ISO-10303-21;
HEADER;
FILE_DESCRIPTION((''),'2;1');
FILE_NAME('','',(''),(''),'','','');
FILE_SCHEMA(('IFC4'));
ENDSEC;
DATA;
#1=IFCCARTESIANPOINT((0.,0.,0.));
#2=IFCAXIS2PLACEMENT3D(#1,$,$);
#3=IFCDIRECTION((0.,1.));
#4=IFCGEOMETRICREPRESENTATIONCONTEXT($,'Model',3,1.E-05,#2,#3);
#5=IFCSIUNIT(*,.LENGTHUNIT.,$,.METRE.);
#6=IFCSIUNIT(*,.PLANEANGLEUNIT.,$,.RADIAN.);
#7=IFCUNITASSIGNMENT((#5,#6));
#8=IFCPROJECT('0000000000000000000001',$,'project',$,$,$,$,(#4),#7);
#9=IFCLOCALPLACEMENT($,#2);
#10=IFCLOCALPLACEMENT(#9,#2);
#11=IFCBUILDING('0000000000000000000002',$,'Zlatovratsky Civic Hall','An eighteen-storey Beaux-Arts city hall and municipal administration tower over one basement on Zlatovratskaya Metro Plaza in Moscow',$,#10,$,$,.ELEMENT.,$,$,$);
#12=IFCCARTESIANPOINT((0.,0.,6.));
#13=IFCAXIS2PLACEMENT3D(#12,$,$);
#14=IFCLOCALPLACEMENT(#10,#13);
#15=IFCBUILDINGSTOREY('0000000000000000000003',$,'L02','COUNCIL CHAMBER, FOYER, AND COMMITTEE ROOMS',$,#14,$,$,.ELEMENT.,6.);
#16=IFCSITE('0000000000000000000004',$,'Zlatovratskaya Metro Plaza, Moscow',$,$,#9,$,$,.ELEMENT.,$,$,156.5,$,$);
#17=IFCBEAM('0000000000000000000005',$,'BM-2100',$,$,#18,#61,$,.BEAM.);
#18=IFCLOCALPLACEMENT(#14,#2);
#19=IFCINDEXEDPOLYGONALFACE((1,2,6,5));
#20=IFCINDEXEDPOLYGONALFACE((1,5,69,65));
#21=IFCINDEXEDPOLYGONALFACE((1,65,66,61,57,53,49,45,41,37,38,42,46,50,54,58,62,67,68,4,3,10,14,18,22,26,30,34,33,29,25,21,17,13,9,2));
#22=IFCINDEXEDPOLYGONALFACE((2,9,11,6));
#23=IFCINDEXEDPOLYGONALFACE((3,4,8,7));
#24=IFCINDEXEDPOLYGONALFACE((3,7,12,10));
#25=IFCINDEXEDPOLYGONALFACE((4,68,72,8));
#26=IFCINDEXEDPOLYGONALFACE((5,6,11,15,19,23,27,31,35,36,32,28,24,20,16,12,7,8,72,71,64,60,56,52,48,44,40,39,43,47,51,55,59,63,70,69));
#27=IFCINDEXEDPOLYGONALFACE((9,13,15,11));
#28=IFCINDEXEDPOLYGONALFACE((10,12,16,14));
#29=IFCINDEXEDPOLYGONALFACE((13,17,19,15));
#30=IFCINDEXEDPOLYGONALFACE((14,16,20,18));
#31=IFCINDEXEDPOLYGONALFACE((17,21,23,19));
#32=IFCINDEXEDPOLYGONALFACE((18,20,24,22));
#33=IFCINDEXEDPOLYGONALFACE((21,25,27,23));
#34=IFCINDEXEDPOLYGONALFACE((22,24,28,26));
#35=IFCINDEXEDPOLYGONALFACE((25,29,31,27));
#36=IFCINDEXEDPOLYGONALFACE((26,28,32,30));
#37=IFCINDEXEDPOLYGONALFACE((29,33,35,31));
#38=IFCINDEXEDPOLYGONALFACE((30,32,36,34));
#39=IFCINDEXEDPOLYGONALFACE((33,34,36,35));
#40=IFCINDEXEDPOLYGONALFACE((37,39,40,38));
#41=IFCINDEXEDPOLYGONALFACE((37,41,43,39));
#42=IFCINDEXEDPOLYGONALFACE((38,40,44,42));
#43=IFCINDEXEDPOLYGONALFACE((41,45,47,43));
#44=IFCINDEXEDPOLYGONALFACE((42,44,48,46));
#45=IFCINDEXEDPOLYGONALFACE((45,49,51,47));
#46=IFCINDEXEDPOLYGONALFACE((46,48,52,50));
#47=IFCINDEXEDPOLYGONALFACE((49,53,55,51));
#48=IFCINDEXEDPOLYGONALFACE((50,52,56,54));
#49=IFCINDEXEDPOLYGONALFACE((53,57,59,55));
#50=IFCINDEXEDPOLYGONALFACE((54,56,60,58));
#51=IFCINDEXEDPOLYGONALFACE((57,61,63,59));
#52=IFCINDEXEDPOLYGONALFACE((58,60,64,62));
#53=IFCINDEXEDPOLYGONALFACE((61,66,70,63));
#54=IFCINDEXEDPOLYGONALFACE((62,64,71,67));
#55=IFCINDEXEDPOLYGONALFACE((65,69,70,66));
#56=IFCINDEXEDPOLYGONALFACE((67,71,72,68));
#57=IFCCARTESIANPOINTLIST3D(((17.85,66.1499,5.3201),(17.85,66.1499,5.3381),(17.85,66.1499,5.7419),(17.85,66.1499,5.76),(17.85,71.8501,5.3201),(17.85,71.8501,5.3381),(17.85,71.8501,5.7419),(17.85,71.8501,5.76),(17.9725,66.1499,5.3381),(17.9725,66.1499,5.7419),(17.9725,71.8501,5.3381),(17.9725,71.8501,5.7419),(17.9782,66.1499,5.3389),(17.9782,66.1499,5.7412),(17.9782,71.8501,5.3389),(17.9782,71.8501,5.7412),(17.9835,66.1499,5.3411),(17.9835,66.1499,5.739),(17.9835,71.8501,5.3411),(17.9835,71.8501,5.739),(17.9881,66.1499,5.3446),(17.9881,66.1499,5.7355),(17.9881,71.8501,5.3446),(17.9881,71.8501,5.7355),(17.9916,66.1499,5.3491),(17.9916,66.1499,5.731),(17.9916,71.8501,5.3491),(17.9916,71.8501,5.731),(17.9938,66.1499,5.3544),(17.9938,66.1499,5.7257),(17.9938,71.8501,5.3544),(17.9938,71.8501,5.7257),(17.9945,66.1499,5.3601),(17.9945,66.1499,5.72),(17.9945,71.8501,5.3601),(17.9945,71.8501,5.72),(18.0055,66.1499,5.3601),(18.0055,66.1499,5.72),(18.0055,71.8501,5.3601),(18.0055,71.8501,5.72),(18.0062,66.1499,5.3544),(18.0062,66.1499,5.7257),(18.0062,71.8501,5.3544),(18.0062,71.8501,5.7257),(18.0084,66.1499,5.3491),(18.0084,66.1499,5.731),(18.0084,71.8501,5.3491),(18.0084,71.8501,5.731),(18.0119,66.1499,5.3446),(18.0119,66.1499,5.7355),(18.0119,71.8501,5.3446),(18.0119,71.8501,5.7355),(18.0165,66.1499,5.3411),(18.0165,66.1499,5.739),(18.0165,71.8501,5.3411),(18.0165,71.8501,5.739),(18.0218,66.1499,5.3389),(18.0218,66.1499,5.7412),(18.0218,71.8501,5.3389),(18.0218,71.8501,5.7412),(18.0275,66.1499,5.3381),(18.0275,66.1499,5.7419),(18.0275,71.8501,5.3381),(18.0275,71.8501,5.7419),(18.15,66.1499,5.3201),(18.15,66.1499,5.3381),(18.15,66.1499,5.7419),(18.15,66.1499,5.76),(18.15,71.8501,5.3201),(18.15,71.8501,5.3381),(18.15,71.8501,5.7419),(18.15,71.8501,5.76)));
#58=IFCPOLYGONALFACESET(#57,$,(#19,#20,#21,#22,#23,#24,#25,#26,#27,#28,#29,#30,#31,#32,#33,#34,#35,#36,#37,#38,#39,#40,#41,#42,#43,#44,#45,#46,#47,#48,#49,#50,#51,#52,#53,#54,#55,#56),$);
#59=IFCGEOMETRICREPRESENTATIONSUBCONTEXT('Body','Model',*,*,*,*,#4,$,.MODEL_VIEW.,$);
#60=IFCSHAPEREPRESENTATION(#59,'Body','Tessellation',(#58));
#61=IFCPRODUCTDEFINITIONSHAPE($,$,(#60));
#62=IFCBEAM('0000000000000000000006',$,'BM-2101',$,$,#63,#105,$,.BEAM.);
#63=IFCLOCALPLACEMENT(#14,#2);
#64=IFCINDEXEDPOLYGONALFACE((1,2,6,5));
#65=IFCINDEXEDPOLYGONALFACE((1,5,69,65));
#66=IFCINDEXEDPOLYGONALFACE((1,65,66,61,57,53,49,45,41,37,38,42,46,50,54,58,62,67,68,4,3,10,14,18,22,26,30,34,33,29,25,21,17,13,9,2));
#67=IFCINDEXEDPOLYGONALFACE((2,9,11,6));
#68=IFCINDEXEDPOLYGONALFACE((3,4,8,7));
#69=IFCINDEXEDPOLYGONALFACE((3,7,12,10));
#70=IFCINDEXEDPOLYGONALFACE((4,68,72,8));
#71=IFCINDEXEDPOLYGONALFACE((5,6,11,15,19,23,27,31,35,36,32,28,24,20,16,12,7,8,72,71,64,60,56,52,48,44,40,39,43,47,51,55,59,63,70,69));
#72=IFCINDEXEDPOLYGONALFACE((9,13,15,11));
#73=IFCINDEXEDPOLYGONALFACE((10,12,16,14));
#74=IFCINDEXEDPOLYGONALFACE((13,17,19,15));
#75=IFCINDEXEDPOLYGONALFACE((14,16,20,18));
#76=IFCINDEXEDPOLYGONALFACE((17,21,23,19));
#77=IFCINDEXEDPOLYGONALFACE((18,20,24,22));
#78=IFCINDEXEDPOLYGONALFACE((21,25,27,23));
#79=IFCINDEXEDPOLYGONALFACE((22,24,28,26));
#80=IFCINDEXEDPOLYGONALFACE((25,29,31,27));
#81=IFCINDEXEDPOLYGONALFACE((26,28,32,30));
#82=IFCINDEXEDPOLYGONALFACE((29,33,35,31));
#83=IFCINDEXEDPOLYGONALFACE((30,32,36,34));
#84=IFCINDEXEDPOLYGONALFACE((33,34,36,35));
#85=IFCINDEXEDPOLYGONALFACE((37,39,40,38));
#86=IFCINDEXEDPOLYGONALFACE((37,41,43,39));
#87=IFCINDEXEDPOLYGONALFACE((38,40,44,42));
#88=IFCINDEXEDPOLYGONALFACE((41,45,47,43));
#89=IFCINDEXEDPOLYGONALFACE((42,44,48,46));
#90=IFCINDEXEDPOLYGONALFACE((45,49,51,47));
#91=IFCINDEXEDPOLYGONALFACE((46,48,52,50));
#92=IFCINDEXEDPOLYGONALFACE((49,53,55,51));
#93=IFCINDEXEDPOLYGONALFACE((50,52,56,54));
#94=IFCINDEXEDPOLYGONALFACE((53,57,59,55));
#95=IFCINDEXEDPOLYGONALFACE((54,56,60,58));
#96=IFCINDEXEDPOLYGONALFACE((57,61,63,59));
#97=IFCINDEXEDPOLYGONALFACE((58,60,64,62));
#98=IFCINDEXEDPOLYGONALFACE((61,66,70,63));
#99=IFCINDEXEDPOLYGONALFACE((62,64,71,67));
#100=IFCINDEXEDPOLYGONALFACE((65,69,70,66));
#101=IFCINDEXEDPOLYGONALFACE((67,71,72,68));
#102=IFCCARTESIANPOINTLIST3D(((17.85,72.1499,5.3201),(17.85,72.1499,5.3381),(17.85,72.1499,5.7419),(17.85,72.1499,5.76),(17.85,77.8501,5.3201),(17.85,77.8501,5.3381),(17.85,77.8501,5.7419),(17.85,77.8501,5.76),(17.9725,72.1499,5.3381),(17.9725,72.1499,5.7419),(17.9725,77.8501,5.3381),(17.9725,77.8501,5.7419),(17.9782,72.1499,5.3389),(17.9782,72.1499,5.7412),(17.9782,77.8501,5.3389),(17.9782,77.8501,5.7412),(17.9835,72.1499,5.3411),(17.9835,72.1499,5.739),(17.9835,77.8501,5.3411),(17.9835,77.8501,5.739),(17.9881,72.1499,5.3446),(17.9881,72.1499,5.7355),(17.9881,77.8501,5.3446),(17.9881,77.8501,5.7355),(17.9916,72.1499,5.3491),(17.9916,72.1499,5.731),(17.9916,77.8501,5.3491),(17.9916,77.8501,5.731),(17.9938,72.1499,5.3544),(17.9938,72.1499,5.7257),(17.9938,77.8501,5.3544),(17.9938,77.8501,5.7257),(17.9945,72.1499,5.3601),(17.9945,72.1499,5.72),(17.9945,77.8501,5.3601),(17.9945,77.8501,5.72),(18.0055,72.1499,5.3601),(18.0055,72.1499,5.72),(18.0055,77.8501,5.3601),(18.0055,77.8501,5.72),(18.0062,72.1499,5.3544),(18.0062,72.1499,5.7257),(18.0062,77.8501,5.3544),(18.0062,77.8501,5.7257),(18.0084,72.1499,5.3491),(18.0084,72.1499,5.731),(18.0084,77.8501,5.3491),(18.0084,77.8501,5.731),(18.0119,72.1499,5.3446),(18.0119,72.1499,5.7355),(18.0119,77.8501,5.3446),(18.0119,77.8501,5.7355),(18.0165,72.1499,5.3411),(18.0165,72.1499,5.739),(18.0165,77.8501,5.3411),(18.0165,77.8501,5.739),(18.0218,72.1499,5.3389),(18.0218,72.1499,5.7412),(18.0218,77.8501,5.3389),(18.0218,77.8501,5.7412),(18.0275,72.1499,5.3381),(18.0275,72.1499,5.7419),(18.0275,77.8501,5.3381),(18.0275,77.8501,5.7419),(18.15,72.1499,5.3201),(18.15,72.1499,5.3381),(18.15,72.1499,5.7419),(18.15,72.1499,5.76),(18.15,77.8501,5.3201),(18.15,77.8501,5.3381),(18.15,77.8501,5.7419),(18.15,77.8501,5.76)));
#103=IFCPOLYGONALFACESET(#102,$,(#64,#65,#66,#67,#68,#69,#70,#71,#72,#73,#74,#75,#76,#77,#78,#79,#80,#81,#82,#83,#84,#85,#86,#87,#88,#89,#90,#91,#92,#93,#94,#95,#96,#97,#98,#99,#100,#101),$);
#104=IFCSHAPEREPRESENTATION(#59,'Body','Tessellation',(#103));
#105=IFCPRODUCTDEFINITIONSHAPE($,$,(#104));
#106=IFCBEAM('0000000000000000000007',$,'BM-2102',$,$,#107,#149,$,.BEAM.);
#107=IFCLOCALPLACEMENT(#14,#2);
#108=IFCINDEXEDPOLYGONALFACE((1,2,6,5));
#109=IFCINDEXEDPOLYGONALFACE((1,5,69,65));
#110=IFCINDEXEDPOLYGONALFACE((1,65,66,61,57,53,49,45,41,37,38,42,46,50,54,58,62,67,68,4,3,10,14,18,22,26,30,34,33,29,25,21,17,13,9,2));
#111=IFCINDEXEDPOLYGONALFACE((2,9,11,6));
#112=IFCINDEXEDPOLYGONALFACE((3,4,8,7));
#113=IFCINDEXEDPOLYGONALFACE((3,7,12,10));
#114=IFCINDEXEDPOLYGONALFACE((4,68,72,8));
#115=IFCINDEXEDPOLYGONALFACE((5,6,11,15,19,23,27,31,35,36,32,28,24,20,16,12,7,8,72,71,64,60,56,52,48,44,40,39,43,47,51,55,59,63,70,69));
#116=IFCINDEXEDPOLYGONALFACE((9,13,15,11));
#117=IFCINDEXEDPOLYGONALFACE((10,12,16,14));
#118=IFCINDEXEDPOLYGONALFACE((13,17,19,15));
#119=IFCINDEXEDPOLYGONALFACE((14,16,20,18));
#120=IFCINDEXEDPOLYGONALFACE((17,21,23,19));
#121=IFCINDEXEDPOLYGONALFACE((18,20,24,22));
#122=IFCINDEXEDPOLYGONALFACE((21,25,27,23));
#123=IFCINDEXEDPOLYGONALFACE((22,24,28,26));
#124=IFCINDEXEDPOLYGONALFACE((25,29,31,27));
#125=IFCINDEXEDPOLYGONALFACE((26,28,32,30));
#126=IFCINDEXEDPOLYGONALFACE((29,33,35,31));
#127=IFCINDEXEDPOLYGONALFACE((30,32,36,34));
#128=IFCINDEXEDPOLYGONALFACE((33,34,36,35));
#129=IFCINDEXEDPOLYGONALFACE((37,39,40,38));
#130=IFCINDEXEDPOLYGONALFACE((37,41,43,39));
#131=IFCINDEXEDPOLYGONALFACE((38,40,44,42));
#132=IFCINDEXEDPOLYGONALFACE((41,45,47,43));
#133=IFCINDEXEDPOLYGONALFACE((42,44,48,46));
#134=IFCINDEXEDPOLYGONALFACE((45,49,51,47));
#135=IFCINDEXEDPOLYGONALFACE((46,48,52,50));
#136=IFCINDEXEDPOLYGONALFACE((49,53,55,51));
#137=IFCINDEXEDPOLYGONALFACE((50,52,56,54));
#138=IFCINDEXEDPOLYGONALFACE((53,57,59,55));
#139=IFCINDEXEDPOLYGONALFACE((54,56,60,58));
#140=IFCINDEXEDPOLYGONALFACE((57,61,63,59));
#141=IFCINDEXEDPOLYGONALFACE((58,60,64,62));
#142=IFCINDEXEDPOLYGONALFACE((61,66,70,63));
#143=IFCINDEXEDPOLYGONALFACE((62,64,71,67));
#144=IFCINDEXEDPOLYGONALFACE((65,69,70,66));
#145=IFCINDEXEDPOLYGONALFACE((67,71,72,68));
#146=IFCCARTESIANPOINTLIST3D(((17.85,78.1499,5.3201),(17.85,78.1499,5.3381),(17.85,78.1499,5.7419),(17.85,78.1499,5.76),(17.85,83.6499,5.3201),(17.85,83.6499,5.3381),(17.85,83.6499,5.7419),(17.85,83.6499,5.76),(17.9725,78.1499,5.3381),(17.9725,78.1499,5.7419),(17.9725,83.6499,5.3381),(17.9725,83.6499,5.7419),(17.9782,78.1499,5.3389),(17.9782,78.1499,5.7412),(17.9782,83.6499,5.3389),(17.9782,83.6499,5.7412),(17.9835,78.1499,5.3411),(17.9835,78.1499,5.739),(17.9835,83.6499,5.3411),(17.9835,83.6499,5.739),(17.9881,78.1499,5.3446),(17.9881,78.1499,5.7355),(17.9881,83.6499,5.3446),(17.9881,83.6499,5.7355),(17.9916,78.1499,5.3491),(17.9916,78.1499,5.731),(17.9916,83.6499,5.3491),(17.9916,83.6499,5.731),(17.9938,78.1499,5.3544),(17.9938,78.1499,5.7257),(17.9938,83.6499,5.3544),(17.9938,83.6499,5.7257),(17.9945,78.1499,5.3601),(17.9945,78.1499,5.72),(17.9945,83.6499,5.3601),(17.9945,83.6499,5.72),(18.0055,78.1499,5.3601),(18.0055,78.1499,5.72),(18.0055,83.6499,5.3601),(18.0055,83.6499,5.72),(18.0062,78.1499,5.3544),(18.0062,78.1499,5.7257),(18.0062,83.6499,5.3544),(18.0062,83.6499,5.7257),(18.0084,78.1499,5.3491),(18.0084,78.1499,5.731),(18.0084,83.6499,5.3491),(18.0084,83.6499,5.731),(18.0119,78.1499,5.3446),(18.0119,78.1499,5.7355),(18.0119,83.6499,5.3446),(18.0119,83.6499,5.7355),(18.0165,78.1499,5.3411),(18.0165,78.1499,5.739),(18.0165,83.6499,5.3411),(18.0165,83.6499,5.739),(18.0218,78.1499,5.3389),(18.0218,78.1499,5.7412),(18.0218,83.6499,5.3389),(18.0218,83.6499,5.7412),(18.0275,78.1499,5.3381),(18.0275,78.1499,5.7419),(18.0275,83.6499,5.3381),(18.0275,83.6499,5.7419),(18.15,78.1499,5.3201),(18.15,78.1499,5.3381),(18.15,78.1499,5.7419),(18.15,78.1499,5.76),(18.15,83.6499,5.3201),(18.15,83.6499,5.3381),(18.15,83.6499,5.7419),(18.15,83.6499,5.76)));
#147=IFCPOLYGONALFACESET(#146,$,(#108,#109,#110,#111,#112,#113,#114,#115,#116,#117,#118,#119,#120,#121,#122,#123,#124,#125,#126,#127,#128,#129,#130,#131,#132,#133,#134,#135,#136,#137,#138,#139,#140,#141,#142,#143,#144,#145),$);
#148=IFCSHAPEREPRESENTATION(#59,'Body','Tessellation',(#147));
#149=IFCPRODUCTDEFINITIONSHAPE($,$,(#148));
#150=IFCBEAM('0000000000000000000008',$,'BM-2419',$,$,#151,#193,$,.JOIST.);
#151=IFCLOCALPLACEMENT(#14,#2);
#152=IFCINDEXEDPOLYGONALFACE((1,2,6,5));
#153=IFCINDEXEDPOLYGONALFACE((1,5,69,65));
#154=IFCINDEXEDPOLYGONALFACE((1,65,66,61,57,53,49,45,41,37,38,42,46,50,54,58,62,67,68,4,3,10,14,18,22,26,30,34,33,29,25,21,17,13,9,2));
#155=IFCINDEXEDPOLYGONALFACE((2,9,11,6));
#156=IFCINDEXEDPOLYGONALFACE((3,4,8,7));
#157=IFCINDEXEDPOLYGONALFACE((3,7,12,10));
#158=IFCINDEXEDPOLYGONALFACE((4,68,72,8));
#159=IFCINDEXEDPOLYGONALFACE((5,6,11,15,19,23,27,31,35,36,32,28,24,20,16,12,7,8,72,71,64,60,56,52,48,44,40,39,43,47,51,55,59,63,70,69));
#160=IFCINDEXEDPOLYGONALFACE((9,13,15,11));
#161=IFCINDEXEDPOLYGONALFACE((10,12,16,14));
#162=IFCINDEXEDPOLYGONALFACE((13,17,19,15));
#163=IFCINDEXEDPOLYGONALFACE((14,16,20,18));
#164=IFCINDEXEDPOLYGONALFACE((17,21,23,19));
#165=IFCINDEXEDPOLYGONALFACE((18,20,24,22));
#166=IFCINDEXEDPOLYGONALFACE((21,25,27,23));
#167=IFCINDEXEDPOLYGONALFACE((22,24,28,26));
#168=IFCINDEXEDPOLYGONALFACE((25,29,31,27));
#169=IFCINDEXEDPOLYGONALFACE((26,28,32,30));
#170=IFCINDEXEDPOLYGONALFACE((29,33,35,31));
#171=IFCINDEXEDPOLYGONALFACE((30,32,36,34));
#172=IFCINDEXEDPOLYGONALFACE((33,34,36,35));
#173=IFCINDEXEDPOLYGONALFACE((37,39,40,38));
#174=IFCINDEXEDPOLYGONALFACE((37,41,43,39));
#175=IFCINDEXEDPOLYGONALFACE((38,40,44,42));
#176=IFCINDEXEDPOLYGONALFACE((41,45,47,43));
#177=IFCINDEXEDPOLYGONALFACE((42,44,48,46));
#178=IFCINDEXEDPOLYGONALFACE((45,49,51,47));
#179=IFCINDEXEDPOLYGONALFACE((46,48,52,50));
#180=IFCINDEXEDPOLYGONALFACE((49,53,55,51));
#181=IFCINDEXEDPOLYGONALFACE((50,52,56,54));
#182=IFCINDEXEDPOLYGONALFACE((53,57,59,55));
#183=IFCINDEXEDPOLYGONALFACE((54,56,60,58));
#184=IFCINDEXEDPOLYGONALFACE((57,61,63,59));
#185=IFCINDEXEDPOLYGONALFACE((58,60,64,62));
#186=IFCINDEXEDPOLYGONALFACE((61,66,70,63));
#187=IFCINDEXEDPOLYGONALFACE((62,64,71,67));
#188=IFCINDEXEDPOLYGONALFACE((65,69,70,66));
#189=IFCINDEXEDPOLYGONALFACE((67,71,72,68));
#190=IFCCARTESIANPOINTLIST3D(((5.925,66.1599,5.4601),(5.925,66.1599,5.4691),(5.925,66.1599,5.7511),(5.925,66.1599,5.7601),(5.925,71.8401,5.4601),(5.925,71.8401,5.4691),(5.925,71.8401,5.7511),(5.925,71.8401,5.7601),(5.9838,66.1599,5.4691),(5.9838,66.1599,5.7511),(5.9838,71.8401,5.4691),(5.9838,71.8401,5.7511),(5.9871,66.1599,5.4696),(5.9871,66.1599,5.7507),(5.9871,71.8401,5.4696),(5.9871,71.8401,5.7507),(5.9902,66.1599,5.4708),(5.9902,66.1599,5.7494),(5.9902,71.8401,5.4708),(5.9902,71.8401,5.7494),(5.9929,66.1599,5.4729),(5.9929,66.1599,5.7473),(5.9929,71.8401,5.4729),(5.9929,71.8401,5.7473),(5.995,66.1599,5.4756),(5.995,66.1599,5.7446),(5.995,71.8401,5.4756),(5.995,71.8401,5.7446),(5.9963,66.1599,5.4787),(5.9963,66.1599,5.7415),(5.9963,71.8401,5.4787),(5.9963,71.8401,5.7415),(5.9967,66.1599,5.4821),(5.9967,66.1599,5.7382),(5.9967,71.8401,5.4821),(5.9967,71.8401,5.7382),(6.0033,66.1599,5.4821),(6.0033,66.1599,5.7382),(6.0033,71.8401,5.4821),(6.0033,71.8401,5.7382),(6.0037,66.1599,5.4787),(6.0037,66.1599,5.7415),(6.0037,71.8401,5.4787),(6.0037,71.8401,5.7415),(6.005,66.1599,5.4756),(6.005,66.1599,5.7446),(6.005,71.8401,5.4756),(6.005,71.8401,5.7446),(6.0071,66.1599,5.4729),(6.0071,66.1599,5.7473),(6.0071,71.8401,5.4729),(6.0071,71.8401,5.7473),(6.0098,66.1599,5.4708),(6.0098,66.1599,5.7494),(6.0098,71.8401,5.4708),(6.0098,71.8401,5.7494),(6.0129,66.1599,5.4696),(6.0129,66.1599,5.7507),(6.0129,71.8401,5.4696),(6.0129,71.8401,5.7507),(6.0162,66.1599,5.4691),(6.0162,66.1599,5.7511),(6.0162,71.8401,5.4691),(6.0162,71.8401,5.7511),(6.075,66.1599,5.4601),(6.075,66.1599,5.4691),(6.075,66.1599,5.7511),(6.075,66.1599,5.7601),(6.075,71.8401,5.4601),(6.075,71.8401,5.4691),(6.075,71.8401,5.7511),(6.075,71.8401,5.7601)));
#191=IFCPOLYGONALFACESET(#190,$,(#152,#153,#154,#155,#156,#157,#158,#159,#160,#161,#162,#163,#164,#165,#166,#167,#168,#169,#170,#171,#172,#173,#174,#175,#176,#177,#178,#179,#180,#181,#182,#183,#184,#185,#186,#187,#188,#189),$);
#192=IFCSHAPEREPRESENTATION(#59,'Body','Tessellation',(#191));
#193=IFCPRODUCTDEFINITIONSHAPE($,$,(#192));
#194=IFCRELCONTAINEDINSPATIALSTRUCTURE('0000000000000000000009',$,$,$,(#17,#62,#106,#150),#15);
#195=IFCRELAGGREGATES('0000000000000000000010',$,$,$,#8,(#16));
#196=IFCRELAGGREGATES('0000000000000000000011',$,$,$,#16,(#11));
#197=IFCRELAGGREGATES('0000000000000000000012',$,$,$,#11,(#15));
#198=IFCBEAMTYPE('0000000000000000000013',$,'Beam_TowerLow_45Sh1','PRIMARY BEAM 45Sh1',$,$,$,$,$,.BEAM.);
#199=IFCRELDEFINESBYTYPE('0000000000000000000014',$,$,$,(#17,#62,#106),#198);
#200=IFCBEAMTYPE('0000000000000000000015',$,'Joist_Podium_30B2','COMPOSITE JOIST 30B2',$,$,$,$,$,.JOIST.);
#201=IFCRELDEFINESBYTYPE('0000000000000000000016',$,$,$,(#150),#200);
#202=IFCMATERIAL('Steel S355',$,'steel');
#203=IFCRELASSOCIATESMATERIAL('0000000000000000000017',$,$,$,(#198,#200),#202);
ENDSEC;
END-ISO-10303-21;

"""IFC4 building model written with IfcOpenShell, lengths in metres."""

from ifc_helpers import new_model, si_unit, direction, frame, origin, origin_2d, place, context, subcontext, project, spatial, i_section, extrude, material, material_profile, profile_set, type_object, element, save


model = new_model("IFC4")

# Units and contexts
model_context = context("Model", 3, precision=1e-05, world=origin(), true_north=direction((0.0, 1.0)))
body_context = subcontext(model_context, "Body", "Model", "MODEL_VIEW")
ifc_project = project(units=[si_unit("LENGTHUNIT", "METRE"), si_unit("PLANEANGLEUNIT", "RADIAN")], contexts=[model_context])

# Site, building, storey
site_placement = place(None, origin())
site = spatial("IfcSite", under=ifc_project, at=site_placement, Name="Zlatovratskaya Metro Plaza, Moscow", CompositionType="ELEMENT", RefElevation=156.5)
building_placement = place(site_placement, origin())
building = spatial("IfcBuilding", under=site, at=building_placement, Name="Zlatovratsky Civic Hall", Description="An eighteen-storey Beaux-Arts city hall and municipal administration tower over one basement on Zlatovratskaya Metro Plaza in Moscow", CompositionType="ELEMENT")
storey_placement = place(building_placement, frame((0.0, 0.0, 6.0)))
storey = spatial("IfcBuildingStorey", under=building, at=storey_placement, Name="L02", Description="COUNCIL CHAMBER, FOYER, AND COMMITTEE ROOMS", CompositionType="ELEMENT", Elevation=6.0)

# Shared definitions
ifc_material_1 = material(Name="Steel S355", Category="steel")

# Beams
ifc_material_profile_1 = material_profile(ifc_material_1, i_section(OverallWidth=0.3, OverallDepth=0.4399, WebThickness=0.011, FlangeThickness=0.0181, FilletRadius=0.022, at=origin_2d()), Name="45Sh1")
ifc_profile_set_1 = profile_set([ifc_material_profile_1], Name="Steel S355")
beam_type_1 = type_object("IfcBeamType", Name="Beam_TowerLow_45Sh1", Description="PRIMARY BEAM 45Sh1", PredefinedType="BEAM", material=ifc_profile_set_1)
for number, where, z_axis, x_axis, name in (
    (1, (18.0, 66.1499, 5.54), (0.0, 1.0, 0.0), (-1.0, 0.0, 0.0), "BM-2100"),
    (2, (18.0, 72.1499, 5.54), (0.0, 1.0, 0.0), (-1.0, 0.0, 0.0), "BM-2101"),
):
    element("IfcBeam", number, at=place(storey_placement, frame(where, z_axis=z_axis, x_axis=x_axis)), inside=storey, type_object=beam_type_1, Name=name, PredefinedType="BEAM", context=body_context, shape_type="SweptSolid", body=[
        extrude(i_section(OverallWidth=0.3, OverallDepth=0.4399, WebThickness=0.011, FlangeThickness=0.0181, FilletRadius=0.022, at=origin_2d()), origin(), (0.0, 0.0, 1.0), 5.7002),
    ])
beam_1_placement = place(storey_placement, frame((18.0, 78.1499, 5.54), z_axis=(0.0, 1.0, 0.0), x_axis=(-1.0, 0.0, 0.0)))
element("IfcBeam", 3, at=beam_1_placement, inside=storey, type_object=beam_type_1, Name="BM-2102", PredefinedType="BEAM", context=body_context, shape_type="SweptSolid", body=[
    extrude(i_section(OverallWidth=0.3, OverallDepth=0.4399, WebThickness=0.011, FlangeThickness=0.0181, FilletRadius=0.022, at=origin_2d()), origin(), (0.0, 0.0, 1.0), 5.5),
])
ifc_material_profile_2 = material_profile(ifc_material_1, i_section(OverallWidth=0.1499, OverallDepth=0.3, WebThickness=0.0066, FlangeThickness=0.009, FilletRadius=0.0129, at=origin_2d()), Name="30B2")
ifc_profile_set_2 = profile_set([ifc_material_profile_2], Name="Steel S355")
beam_type_2 = type_object("IfcBeamType", Name="Joist_Podium_30B2", Description="COMPOSITE JOIST 30B2", PredefinedType="JOIST", material=ifc_profile_set_2)
for number, where, z_axis, x_axis, name in (
    (4, (6.0, 66.1599, 5.6101), (0.0, 1.0, 0.0), (-1.0, 0.0, 0.0), "BM-2419"),
):
    element("IfcBeam", number, at=place(storey_placement, frame(where, z_axis=z_axis, x_axis=x_axis)), inside=storey, type_object=beam_type_2, Name=name, PredefinedType="JOIST", context=body_context, shape_type="SweptSolid", body=[
        extrude(i_section(OverallWidth=0.1499, OverallDepth=0.3, WebThickness=0.0066, FlangeThickness=0.009, FilletRadius=0.0129, at=origin_2d()), origin(), (0.0, 0.0, 1.0), 5.6802),
    ])

save(model, "model.ifc")
